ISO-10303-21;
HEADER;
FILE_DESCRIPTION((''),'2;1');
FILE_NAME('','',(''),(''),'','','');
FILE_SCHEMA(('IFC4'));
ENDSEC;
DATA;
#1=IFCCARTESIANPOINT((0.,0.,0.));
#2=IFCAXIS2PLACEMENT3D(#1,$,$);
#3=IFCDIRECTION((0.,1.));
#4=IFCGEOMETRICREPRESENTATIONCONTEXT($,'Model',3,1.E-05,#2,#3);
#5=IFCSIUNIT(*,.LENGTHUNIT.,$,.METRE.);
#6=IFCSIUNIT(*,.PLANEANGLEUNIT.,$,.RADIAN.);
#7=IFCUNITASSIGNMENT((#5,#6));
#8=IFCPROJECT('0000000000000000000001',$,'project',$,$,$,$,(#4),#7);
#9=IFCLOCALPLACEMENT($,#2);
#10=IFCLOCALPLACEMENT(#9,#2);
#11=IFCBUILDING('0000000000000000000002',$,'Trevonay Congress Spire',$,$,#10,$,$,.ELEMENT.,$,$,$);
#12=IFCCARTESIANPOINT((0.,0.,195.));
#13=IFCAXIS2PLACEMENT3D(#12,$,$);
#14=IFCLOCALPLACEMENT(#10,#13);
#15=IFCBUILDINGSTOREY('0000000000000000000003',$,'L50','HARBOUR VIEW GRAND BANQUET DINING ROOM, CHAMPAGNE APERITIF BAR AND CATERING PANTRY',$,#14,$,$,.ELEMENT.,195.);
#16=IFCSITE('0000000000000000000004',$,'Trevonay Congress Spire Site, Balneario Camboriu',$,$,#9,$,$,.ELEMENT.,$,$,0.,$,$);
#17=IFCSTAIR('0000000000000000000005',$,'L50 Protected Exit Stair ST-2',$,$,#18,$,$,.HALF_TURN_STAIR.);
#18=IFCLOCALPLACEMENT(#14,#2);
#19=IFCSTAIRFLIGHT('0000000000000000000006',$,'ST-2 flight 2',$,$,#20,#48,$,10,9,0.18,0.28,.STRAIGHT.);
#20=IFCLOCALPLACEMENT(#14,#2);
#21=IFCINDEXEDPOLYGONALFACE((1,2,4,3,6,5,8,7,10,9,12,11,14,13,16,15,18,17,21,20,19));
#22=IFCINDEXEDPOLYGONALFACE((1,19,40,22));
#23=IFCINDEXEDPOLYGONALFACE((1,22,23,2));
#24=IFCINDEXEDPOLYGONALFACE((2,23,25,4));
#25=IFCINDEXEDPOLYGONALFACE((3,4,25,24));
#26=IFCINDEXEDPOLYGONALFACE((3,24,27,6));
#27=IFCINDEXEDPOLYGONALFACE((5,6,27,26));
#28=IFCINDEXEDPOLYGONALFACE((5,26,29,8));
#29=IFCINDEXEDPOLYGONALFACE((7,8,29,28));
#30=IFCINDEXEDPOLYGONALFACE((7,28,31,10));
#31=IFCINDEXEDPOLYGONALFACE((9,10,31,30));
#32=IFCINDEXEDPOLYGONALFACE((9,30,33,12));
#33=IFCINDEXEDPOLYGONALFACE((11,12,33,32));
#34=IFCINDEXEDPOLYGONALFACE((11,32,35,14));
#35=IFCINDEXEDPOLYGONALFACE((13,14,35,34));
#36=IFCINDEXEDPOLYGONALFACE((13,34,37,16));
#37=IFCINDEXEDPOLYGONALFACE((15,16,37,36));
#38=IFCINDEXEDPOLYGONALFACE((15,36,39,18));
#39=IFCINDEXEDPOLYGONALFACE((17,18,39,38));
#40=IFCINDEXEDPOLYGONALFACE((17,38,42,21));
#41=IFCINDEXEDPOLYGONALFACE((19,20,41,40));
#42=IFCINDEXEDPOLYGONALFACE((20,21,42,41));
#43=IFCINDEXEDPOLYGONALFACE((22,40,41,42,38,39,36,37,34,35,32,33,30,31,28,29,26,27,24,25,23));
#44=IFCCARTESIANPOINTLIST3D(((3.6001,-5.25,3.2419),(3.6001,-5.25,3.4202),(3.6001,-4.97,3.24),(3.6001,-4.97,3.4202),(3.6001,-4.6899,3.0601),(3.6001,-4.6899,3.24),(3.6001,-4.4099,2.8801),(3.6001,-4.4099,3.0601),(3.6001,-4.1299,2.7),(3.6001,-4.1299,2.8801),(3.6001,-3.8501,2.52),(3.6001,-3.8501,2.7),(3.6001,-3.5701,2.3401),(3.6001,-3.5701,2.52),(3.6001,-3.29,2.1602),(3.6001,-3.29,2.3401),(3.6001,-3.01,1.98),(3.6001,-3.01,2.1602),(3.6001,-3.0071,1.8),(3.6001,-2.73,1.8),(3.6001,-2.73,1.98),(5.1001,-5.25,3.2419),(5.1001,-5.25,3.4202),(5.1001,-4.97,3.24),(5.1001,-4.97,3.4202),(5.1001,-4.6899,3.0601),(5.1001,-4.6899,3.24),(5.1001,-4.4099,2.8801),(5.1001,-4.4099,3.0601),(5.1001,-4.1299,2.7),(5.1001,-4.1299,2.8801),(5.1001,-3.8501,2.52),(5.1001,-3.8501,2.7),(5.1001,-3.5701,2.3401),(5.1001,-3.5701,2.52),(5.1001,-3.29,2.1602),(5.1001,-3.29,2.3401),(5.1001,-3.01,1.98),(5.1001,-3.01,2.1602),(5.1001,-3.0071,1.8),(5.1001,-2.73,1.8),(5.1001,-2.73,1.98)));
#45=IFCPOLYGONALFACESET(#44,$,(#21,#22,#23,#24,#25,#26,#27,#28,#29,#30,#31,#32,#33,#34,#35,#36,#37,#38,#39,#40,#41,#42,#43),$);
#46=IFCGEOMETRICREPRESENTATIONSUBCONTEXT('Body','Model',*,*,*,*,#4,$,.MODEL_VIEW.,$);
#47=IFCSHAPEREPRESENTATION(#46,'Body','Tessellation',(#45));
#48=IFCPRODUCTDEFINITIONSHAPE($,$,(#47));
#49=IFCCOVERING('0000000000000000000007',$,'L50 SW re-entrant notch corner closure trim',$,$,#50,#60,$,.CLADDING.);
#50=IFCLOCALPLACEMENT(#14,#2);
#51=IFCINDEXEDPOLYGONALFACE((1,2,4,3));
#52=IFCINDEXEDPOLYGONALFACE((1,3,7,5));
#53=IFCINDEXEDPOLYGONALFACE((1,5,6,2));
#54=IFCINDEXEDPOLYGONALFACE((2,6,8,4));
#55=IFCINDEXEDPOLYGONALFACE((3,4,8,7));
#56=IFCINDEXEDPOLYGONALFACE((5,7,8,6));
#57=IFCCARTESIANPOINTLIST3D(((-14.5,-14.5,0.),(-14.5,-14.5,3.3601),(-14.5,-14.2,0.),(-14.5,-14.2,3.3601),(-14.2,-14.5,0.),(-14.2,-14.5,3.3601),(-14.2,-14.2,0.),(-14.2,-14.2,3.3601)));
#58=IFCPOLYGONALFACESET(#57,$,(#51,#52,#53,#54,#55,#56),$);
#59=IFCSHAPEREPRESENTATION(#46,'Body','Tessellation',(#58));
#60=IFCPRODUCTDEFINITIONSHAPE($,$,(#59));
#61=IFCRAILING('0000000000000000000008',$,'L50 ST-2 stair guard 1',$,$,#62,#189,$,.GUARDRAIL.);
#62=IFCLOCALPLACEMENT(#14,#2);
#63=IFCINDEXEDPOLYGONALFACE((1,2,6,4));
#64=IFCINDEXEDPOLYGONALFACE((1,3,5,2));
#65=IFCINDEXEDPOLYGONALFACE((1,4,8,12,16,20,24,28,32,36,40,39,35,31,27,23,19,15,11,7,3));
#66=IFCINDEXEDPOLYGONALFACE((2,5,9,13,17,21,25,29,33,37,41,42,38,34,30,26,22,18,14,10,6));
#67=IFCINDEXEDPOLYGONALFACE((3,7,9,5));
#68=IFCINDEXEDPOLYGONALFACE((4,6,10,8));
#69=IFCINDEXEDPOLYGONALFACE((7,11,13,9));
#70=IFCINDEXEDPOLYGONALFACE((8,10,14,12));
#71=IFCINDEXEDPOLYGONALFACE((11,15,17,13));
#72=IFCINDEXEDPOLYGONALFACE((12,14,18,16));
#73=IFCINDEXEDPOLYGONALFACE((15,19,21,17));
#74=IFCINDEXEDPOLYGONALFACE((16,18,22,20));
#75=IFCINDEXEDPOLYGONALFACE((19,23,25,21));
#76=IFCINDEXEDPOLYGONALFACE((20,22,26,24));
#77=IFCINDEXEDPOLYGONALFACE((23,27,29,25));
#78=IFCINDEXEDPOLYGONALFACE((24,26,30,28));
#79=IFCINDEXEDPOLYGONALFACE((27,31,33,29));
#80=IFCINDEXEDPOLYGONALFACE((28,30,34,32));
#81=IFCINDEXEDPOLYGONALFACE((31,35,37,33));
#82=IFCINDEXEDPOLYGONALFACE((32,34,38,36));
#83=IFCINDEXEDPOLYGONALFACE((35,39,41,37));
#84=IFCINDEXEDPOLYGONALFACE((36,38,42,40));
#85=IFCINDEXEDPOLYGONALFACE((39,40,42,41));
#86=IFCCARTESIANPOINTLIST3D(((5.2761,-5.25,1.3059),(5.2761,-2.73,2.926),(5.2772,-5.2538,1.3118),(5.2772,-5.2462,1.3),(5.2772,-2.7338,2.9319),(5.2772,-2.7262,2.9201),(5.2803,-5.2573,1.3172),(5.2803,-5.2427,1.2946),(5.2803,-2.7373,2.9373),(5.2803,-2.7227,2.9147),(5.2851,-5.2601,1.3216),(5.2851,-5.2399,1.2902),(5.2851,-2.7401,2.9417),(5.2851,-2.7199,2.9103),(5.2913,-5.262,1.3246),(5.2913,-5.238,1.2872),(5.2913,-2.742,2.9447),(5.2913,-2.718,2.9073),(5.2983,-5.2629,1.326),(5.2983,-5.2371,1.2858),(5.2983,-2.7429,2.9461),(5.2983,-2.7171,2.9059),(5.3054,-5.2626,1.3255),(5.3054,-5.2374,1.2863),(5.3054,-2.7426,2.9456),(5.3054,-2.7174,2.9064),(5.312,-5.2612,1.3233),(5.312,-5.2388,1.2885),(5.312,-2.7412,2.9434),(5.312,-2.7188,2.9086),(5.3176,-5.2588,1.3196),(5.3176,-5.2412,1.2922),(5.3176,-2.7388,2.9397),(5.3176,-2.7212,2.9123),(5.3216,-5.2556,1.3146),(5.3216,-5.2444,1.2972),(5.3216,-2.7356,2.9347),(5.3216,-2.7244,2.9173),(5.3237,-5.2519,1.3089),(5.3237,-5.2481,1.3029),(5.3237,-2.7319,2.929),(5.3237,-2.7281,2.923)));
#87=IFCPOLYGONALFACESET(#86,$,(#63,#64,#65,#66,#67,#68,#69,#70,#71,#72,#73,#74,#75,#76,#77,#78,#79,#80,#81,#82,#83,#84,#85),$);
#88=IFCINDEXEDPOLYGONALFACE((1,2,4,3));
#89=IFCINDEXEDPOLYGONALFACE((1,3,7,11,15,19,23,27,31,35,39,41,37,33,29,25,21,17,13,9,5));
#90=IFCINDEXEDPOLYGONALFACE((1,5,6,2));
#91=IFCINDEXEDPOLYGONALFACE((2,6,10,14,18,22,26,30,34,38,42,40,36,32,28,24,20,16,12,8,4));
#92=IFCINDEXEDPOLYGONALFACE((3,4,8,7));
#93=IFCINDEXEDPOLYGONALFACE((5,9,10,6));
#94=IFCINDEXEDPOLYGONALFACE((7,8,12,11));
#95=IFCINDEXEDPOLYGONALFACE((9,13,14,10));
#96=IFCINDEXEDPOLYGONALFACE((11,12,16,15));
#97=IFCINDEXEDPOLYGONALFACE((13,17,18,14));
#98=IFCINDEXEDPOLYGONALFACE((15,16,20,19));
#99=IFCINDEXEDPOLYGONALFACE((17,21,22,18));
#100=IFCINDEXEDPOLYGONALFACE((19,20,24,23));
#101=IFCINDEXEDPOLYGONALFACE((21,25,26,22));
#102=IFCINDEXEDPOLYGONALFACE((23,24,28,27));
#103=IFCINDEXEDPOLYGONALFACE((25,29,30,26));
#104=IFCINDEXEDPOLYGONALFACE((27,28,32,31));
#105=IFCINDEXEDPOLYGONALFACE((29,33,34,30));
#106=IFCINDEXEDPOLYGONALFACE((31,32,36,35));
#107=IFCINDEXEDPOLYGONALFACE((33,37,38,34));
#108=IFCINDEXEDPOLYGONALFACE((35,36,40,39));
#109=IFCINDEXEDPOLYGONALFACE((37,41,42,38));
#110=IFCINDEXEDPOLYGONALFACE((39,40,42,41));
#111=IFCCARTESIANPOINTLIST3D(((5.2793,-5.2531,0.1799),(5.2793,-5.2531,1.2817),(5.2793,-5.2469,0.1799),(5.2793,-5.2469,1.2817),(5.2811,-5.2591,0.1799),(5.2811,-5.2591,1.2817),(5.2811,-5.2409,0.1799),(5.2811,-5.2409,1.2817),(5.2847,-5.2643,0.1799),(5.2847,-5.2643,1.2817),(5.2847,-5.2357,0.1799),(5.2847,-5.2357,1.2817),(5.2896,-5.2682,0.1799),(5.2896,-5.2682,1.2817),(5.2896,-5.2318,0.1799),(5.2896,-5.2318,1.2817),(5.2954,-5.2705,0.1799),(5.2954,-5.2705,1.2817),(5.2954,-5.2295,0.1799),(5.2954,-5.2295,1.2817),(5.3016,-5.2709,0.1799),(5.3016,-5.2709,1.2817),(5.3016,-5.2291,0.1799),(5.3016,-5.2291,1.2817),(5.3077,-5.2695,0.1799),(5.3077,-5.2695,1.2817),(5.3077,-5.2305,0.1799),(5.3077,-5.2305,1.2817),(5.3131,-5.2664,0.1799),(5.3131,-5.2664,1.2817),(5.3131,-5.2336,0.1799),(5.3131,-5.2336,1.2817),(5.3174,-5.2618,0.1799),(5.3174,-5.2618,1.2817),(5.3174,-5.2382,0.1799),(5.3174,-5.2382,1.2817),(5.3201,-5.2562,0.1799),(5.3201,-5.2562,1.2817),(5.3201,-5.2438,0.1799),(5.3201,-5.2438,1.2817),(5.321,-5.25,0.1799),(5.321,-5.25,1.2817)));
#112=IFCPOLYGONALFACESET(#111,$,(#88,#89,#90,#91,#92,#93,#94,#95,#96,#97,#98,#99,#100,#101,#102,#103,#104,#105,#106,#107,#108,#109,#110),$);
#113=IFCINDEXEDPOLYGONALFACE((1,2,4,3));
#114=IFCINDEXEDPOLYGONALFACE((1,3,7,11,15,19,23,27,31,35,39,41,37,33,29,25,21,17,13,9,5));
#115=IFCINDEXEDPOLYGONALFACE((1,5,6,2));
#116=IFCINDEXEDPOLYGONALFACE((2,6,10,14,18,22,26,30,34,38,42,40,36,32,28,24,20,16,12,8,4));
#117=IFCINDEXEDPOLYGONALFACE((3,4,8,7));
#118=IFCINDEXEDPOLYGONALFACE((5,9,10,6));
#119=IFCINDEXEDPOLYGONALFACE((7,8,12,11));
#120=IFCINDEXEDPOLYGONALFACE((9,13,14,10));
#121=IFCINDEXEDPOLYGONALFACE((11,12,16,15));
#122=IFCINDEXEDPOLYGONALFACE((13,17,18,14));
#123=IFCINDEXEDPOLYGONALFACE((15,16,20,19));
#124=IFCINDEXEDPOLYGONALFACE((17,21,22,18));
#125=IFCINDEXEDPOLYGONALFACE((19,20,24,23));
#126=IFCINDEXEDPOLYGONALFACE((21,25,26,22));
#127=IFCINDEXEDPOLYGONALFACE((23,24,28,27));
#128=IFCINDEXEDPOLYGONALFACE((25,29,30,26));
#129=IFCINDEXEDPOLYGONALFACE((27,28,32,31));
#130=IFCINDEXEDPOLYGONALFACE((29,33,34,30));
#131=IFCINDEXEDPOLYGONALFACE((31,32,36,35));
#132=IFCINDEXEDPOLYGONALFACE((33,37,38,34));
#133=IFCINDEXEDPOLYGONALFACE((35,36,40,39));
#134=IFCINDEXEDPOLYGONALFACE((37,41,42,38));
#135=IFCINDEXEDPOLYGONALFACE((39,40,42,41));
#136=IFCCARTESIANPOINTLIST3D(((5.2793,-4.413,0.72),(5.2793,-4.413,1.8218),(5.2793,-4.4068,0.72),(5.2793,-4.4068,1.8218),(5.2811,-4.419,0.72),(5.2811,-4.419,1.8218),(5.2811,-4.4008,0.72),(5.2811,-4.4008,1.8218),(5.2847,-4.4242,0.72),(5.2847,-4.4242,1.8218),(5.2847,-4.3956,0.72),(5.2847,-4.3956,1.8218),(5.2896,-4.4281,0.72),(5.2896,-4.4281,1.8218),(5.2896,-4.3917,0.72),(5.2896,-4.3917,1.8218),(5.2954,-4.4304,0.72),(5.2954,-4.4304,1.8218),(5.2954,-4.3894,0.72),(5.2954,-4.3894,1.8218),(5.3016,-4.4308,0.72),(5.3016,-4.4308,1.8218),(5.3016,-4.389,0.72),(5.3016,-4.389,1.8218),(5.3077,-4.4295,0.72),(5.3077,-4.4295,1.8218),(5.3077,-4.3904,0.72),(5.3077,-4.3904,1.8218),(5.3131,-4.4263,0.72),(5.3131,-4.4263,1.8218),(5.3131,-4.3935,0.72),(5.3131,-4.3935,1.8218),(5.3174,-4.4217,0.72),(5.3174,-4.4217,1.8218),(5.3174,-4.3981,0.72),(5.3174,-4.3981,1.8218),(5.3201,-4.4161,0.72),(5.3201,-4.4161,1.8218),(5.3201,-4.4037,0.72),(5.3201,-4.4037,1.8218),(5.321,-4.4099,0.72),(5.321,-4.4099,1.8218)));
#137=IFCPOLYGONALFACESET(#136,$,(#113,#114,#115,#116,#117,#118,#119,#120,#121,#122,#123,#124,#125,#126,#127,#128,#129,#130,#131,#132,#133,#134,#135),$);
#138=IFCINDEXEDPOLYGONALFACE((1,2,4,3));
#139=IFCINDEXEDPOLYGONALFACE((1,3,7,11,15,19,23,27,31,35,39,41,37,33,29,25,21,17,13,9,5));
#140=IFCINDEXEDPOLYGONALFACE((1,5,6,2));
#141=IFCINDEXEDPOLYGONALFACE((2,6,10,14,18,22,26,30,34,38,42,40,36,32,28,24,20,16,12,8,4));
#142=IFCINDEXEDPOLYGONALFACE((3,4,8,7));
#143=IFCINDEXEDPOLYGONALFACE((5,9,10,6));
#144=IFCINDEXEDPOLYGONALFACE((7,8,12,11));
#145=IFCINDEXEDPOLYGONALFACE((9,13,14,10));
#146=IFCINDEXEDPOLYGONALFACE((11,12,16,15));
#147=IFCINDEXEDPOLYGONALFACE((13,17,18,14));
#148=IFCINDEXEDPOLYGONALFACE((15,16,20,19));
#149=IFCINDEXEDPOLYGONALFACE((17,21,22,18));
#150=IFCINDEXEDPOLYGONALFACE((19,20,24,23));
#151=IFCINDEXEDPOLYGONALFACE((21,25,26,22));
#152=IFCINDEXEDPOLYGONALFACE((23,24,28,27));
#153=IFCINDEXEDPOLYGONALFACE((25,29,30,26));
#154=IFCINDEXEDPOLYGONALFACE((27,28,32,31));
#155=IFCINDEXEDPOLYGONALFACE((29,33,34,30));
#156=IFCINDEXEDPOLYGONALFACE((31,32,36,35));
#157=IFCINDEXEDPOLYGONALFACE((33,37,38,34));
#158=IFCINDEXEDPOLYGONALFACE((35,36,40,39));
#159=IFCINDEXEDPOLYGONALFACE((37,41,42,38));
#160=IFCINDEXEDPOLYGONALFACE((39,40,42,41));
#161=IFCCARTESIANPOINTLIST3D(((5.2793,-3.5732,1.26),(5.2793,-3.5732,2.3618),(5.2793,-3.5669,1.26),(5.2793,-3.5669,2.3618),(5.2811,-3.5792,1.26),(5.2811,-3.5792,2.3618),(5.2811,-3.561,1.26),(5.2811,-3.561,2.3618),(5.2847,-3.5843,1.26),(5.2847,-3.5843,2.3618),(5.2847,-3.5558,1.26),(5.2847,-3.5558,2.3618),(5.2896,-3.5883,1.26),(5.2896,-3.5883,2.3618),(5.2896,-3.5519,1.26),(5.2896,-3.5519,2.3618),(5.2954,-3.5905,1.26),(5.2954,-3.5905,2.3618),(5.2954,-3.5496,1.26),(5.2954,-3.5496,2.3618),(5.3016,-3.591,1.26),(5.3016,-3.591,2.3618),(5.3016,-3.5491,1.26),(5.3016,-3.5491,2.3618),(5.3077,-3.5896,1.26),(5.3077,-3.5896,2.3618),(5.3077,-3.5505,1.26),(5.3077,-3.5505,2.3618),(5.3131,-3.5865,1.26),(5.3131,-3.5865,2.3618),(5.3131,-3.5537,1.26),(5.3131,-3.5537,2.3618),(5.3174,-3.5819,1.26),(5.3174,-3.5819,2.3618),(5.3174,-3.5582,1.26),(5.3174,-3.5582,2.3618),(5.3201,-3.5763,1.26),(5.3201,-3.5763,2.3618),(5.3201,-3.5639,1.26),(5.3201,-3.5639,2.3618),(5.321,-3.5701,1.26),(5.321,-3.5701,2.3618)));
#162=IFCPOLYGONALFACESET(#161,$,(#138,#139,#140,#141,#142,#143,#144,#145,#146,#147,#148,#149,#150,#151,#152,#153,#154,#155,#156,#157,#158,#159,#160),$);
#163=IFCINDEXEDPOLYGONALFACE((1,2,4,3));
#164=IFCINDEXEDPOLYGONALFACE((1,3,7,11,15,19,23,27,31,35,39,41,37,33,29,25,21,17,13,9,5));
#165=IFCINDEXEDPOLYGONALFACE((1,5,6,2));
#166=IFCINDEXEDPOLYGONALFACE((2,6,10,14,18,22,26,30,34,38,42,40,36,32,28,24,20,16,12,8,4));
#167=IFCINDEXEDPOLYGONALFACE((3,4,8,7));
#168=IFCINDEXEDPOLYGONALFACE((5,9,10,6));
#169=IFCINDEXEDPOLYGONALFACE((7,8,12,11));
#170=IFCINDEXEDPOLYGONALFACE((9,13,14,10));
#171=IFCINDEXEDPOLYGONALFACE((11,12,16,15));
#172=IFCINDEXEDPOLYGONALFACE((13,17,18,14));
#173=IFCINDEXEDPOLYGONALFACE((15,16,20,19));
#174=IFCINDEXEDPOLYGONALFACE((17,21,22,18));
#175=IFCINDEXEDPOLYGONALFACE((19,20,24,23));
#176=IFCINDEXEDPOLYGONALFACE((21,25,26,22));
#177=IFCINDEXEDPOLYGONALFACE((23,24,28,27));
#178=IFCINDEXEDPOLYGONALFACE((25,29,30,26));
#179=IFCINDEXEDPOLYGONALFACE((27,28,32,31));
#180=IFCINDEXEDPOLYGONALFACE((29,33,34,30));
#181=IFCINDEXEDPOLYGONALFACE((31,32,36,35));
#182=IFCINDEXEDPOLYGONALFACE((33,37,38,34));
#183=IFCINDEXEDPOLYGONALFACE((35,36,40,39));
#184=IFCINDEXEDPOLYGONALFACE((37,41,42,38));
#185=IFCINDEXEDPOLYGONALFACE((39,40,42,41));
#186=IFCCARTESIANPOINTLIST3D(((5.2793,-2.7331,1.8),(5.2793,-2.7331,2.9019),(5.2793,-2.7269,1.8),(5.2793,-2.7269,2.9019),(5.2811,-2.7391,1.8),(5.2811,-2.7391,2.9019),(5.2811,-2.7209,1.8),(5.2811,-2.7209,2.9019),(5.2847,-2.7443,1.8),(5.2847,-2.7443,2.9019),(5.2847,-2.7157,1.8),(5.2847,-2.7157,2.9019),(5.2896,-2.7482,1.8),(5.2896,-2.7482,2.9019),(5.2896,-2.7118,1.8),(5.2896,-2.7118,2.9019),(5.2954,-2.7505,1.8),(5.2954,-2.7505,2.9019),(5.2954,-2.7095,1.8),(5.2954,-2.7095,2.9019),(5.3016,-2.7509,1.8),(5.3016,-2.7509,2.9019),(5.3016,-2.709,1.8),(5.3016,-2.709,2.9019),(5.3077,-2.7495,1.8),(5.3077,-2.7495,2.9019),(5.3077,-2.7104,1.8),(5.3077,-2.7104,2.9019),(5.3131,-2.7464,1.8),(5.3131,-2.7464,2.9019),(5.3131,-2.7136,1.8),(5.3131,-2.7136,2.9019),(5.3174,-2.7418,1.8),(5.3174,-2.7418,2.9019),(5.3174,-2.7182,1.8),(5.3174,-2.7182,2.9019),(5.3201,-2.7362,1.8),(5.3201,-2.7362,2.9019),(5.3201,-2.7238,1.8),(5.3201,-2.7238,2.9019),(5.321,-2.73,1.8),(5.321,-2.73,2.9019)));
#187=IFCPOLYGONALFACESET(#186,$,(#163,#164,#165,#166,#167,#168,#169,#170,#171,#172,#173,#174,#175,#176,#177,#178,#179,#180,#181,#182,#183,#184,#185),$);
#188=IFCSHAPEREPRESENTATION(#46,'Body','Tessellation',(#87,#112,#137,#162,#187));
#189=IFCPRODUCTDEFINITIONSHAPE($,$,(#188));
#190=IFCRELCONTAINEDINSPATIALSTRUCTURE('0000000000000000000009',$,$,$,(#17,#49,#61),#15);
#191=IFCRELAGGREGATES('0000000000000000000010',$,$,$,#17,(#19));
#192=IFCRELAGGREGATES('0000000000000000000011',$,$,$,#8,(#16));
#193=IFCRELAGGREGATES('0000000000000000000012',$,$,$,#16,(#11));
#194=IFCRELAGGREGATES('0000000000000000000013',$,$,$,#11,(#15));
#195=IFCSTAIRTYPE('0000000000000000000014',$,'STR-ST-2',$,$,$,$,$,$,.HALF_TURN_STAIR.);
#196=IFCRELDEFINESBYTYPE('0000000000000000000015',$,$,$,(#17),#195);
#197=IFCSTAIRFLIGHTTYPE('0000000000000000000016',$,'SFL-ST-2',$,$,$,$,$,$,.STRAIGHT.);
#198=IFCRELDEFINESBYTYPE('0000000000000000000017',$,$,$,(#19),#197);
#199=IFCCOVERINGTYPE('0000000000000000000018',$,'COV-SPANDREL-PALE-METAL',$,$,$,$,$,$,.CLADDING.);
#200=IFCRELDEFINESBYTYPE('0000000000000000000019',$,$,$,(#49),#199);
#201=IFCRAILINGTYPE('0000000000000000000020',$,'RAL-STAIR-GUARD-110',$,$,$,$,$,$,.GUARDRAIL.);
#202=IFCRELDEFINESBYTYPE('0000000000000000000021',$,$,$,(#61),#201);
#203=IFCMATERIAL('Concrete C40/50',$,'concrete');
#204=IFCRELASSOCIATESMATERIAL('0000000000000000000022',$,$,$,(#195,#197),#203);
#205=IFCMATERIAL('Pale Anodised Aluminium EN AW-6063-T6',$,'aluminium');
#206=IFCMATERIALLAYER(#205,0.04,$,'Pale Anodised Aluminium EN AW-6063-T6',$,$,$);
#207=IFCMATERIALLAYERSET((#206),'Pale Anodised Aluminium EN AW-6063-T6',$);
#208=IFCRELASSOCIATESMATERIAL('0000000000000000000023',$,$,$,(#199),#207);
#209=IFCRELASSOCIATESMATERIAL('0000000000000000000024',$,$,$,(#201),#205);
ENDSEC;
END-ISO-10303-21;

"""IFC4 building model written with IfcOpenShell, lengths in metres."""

from ifc_helpers import new_model, si_unit, direction, frame, origin, origin_2d, place, context, subcontext, project, spatial, polyline, circle, outline, extrude, material, layer, layer_set, type_object, element, aggregate, save


model = new_model("IFC4")

# Units and contexts
model_context = context("Model", 3, precision=1e-05, world=origin(), true_north=direction((0.0, 1.0)))
body_context = subcontext(model_context, "Body", "Model", "MODEL_VIEW")
ifc_project = project(units=[si_unit("LENGTHUNIT", "METRE"), si_unit("PLANEANGLEUNIT", "RADIAN")], contexts=[model_context])

# Site, building, storey
site_placement = place(None, origin())
site = spatial("IfcSite", under=ifc_project, at=site_placement, Name="Trevonay Congress Spire Site, Balneario Camboriu", CompositionType="ELEMENT", RefElevation=0.0)
building_placement = place(site_placement, origin())
building = spatial("IfcBuilding", under=site, at=building_placement, Name="Trevonay Congress Spire", CompositionType="ELEMENT")
storey_placement = place(building_placement, frame((0.0, 0.0, 195.0)))
storey = spatial("IfcBuildingStorey", under=building, at=storey_placement, Name="L50", Description="HARBOUR VIEW GRAND BANQUET DINING ROOM, CHAMPAGNE APERITIF BAR AND CATERING PANTRY", CompositionType="ELEMENT", Elevation=195.0)

# Shared definitions
ifc_material_1 = material(Name="Concrete C40/50", Category="concrete")

# Shared definitions
ifc_material_2 = material(Name="Pale Anodised Aluminium EN AW-6063-T6", Category="aluminium")

# Stair, stair flight
stair_type = type_object("IfcStairType", Name="STR-ST-2", PredefinedType="HALF_TURN_STAIR", material=ifc_material_1)
stair_placement = place(storey_placement, origin())
stair = element("IfcStair", 1, at=stair_placement, inside=storey, type_object=stair_type, Name="L50 Protected Exit Stair ST-2", PredefinedType="HALF_TURN_STAIR")
stair_flight_type = type_object("IfcStairFlightType", Name="SFL-ST-2", PredefinedType="STRAIGHT", material=ifc_material_1)
stair_flight_1_placement = place(storey_placement, frame((4.3501, -2.73, 1.8), z_axis=(0.0, 0.0, 1.0), x_axis=(0.0, -1.0, 0.0)))
stair_flight_1 = element("IfcStairFlight", 2, at=stair_flight_1_placement, type_object=stair_flight_type, Name="ST-2 flight 2", NumberOfRisers=10, NumberOfTreads=9, PredefinedType="STRAIGHT", RiserHeight=0.18, TreadLength=0.28, context=body_context, shape_type="SweptSolid", body=[
    extrude(outline(polyline([(0.0, 0.0), (0.0, 0.1799), (0.28, 0.1799), (0.28, 0.3601), (0.5601, 0.3601), (0.5601, 0.54), (0.8401, 0.54), (0.8401, 0.72), (1.1201, 0.72), (1.1201, 0.8999), (1.3999, 0.8999), (1.3999, 1.0801), (1.6799, 1.0801), (1.6799, 1.26), (1.96, 1.26), (1.96, 1.4399), (2.24, 1.4399), (2.24, 1.6201), (2.52, 1.6201), (2.52, 1.8), (2.52, 1.4419), (0.2771, 0.0), (0.0, 0.0)])), frame((0.0, 0.75, 0.0), z_axis=(0.0, -1.0, 0.0), x_axis=(1.0, 0.0, 0.0)), (0.0, 0.0, 1.0), 1.5),
])
aggregate(stair, [stair_flight_1])

# Covering
ifc_layer_1 = layer(ifc_material_2, 0.04, Name="Pale Anodised Aluminium EN AW-6063-T6")
ifc_layer_set_1 = layer_set([ifc_layer_1], Name="Pale Anodised Aluminium EN AW-6063-T6")
covering_type = type_object("IfcCoveringType", Name="COV-SPANDREL-PALE-METAL", PredefinedType="CLADDING", material=ifc_layer_set_1)
covering_placement = place(storey_placement, origin())
element("IfcCovering", 3, at=covering_placement, inside=storey, type_object=covering_type, Name="L50 SW re-entrant notch corner closure trim", PredefinedType="CLADDING", context=body_context, shape_type="SweptSolid", body=[
    extrude(outline(polyline([(-14.5, -14.5), (-14.2, -14.5), (-14.2, -14.2), (-14.5, -14.2), (-14.5, -14.5)])), origin(), (0.0, 0.0, 1.0), 3.3601),
])

# Railing
railing_type_1 = type_object("IfcRailingType", Name="RAL-STAIR-GUARD-110", PredefinedType="GUARDRAIL", material=ifc_material_2)
railing_1_placement = place(storey_placement, frame((5.3, -5.25, 0.1799)))
element("IfcRailing", 4, at=railing_1_placement, inside=storey, type_object=railing_type_1, Name="L50 ST-2 stair guard 1", PredefinedType="GUARDRAIL", context=body_context, shape_type="SweptSolid", body=[
    extrude(circle(Radius=0.0239, at=origin_2d()), frame((0.0, 0.0, 1.126), z_axis=(0.0, 0.841163, 0.540782), x_axis=(-1.0, 0.0, 0.0)), (0.0, 0.0, 1.0), 2.9958),
    extrude(circle(Radius=0.021, at=origin_2d()), origin(), (0.0, 0.0, 1.0), 1.1018),
    extrude(circle(Radius=0.021, at=origin_2d()), frame((0.0, 0.8401, 0.54)), (0.0, 0.0, 1.0), 1.1018),
    extrude(circle(Radius=0.021, at=origin_2d()), frame((0.0, 1.6799, 1.0801)), (0.0, 0.0, 1.0), 1.1018),
    extrude(circle(Radius=0.021, at=origin_2d()), frame((0.0, 2.52, 1.6201)), (0.0, 0.0, 1.0), 1.1018),
])

save(model, "model.ifc")
